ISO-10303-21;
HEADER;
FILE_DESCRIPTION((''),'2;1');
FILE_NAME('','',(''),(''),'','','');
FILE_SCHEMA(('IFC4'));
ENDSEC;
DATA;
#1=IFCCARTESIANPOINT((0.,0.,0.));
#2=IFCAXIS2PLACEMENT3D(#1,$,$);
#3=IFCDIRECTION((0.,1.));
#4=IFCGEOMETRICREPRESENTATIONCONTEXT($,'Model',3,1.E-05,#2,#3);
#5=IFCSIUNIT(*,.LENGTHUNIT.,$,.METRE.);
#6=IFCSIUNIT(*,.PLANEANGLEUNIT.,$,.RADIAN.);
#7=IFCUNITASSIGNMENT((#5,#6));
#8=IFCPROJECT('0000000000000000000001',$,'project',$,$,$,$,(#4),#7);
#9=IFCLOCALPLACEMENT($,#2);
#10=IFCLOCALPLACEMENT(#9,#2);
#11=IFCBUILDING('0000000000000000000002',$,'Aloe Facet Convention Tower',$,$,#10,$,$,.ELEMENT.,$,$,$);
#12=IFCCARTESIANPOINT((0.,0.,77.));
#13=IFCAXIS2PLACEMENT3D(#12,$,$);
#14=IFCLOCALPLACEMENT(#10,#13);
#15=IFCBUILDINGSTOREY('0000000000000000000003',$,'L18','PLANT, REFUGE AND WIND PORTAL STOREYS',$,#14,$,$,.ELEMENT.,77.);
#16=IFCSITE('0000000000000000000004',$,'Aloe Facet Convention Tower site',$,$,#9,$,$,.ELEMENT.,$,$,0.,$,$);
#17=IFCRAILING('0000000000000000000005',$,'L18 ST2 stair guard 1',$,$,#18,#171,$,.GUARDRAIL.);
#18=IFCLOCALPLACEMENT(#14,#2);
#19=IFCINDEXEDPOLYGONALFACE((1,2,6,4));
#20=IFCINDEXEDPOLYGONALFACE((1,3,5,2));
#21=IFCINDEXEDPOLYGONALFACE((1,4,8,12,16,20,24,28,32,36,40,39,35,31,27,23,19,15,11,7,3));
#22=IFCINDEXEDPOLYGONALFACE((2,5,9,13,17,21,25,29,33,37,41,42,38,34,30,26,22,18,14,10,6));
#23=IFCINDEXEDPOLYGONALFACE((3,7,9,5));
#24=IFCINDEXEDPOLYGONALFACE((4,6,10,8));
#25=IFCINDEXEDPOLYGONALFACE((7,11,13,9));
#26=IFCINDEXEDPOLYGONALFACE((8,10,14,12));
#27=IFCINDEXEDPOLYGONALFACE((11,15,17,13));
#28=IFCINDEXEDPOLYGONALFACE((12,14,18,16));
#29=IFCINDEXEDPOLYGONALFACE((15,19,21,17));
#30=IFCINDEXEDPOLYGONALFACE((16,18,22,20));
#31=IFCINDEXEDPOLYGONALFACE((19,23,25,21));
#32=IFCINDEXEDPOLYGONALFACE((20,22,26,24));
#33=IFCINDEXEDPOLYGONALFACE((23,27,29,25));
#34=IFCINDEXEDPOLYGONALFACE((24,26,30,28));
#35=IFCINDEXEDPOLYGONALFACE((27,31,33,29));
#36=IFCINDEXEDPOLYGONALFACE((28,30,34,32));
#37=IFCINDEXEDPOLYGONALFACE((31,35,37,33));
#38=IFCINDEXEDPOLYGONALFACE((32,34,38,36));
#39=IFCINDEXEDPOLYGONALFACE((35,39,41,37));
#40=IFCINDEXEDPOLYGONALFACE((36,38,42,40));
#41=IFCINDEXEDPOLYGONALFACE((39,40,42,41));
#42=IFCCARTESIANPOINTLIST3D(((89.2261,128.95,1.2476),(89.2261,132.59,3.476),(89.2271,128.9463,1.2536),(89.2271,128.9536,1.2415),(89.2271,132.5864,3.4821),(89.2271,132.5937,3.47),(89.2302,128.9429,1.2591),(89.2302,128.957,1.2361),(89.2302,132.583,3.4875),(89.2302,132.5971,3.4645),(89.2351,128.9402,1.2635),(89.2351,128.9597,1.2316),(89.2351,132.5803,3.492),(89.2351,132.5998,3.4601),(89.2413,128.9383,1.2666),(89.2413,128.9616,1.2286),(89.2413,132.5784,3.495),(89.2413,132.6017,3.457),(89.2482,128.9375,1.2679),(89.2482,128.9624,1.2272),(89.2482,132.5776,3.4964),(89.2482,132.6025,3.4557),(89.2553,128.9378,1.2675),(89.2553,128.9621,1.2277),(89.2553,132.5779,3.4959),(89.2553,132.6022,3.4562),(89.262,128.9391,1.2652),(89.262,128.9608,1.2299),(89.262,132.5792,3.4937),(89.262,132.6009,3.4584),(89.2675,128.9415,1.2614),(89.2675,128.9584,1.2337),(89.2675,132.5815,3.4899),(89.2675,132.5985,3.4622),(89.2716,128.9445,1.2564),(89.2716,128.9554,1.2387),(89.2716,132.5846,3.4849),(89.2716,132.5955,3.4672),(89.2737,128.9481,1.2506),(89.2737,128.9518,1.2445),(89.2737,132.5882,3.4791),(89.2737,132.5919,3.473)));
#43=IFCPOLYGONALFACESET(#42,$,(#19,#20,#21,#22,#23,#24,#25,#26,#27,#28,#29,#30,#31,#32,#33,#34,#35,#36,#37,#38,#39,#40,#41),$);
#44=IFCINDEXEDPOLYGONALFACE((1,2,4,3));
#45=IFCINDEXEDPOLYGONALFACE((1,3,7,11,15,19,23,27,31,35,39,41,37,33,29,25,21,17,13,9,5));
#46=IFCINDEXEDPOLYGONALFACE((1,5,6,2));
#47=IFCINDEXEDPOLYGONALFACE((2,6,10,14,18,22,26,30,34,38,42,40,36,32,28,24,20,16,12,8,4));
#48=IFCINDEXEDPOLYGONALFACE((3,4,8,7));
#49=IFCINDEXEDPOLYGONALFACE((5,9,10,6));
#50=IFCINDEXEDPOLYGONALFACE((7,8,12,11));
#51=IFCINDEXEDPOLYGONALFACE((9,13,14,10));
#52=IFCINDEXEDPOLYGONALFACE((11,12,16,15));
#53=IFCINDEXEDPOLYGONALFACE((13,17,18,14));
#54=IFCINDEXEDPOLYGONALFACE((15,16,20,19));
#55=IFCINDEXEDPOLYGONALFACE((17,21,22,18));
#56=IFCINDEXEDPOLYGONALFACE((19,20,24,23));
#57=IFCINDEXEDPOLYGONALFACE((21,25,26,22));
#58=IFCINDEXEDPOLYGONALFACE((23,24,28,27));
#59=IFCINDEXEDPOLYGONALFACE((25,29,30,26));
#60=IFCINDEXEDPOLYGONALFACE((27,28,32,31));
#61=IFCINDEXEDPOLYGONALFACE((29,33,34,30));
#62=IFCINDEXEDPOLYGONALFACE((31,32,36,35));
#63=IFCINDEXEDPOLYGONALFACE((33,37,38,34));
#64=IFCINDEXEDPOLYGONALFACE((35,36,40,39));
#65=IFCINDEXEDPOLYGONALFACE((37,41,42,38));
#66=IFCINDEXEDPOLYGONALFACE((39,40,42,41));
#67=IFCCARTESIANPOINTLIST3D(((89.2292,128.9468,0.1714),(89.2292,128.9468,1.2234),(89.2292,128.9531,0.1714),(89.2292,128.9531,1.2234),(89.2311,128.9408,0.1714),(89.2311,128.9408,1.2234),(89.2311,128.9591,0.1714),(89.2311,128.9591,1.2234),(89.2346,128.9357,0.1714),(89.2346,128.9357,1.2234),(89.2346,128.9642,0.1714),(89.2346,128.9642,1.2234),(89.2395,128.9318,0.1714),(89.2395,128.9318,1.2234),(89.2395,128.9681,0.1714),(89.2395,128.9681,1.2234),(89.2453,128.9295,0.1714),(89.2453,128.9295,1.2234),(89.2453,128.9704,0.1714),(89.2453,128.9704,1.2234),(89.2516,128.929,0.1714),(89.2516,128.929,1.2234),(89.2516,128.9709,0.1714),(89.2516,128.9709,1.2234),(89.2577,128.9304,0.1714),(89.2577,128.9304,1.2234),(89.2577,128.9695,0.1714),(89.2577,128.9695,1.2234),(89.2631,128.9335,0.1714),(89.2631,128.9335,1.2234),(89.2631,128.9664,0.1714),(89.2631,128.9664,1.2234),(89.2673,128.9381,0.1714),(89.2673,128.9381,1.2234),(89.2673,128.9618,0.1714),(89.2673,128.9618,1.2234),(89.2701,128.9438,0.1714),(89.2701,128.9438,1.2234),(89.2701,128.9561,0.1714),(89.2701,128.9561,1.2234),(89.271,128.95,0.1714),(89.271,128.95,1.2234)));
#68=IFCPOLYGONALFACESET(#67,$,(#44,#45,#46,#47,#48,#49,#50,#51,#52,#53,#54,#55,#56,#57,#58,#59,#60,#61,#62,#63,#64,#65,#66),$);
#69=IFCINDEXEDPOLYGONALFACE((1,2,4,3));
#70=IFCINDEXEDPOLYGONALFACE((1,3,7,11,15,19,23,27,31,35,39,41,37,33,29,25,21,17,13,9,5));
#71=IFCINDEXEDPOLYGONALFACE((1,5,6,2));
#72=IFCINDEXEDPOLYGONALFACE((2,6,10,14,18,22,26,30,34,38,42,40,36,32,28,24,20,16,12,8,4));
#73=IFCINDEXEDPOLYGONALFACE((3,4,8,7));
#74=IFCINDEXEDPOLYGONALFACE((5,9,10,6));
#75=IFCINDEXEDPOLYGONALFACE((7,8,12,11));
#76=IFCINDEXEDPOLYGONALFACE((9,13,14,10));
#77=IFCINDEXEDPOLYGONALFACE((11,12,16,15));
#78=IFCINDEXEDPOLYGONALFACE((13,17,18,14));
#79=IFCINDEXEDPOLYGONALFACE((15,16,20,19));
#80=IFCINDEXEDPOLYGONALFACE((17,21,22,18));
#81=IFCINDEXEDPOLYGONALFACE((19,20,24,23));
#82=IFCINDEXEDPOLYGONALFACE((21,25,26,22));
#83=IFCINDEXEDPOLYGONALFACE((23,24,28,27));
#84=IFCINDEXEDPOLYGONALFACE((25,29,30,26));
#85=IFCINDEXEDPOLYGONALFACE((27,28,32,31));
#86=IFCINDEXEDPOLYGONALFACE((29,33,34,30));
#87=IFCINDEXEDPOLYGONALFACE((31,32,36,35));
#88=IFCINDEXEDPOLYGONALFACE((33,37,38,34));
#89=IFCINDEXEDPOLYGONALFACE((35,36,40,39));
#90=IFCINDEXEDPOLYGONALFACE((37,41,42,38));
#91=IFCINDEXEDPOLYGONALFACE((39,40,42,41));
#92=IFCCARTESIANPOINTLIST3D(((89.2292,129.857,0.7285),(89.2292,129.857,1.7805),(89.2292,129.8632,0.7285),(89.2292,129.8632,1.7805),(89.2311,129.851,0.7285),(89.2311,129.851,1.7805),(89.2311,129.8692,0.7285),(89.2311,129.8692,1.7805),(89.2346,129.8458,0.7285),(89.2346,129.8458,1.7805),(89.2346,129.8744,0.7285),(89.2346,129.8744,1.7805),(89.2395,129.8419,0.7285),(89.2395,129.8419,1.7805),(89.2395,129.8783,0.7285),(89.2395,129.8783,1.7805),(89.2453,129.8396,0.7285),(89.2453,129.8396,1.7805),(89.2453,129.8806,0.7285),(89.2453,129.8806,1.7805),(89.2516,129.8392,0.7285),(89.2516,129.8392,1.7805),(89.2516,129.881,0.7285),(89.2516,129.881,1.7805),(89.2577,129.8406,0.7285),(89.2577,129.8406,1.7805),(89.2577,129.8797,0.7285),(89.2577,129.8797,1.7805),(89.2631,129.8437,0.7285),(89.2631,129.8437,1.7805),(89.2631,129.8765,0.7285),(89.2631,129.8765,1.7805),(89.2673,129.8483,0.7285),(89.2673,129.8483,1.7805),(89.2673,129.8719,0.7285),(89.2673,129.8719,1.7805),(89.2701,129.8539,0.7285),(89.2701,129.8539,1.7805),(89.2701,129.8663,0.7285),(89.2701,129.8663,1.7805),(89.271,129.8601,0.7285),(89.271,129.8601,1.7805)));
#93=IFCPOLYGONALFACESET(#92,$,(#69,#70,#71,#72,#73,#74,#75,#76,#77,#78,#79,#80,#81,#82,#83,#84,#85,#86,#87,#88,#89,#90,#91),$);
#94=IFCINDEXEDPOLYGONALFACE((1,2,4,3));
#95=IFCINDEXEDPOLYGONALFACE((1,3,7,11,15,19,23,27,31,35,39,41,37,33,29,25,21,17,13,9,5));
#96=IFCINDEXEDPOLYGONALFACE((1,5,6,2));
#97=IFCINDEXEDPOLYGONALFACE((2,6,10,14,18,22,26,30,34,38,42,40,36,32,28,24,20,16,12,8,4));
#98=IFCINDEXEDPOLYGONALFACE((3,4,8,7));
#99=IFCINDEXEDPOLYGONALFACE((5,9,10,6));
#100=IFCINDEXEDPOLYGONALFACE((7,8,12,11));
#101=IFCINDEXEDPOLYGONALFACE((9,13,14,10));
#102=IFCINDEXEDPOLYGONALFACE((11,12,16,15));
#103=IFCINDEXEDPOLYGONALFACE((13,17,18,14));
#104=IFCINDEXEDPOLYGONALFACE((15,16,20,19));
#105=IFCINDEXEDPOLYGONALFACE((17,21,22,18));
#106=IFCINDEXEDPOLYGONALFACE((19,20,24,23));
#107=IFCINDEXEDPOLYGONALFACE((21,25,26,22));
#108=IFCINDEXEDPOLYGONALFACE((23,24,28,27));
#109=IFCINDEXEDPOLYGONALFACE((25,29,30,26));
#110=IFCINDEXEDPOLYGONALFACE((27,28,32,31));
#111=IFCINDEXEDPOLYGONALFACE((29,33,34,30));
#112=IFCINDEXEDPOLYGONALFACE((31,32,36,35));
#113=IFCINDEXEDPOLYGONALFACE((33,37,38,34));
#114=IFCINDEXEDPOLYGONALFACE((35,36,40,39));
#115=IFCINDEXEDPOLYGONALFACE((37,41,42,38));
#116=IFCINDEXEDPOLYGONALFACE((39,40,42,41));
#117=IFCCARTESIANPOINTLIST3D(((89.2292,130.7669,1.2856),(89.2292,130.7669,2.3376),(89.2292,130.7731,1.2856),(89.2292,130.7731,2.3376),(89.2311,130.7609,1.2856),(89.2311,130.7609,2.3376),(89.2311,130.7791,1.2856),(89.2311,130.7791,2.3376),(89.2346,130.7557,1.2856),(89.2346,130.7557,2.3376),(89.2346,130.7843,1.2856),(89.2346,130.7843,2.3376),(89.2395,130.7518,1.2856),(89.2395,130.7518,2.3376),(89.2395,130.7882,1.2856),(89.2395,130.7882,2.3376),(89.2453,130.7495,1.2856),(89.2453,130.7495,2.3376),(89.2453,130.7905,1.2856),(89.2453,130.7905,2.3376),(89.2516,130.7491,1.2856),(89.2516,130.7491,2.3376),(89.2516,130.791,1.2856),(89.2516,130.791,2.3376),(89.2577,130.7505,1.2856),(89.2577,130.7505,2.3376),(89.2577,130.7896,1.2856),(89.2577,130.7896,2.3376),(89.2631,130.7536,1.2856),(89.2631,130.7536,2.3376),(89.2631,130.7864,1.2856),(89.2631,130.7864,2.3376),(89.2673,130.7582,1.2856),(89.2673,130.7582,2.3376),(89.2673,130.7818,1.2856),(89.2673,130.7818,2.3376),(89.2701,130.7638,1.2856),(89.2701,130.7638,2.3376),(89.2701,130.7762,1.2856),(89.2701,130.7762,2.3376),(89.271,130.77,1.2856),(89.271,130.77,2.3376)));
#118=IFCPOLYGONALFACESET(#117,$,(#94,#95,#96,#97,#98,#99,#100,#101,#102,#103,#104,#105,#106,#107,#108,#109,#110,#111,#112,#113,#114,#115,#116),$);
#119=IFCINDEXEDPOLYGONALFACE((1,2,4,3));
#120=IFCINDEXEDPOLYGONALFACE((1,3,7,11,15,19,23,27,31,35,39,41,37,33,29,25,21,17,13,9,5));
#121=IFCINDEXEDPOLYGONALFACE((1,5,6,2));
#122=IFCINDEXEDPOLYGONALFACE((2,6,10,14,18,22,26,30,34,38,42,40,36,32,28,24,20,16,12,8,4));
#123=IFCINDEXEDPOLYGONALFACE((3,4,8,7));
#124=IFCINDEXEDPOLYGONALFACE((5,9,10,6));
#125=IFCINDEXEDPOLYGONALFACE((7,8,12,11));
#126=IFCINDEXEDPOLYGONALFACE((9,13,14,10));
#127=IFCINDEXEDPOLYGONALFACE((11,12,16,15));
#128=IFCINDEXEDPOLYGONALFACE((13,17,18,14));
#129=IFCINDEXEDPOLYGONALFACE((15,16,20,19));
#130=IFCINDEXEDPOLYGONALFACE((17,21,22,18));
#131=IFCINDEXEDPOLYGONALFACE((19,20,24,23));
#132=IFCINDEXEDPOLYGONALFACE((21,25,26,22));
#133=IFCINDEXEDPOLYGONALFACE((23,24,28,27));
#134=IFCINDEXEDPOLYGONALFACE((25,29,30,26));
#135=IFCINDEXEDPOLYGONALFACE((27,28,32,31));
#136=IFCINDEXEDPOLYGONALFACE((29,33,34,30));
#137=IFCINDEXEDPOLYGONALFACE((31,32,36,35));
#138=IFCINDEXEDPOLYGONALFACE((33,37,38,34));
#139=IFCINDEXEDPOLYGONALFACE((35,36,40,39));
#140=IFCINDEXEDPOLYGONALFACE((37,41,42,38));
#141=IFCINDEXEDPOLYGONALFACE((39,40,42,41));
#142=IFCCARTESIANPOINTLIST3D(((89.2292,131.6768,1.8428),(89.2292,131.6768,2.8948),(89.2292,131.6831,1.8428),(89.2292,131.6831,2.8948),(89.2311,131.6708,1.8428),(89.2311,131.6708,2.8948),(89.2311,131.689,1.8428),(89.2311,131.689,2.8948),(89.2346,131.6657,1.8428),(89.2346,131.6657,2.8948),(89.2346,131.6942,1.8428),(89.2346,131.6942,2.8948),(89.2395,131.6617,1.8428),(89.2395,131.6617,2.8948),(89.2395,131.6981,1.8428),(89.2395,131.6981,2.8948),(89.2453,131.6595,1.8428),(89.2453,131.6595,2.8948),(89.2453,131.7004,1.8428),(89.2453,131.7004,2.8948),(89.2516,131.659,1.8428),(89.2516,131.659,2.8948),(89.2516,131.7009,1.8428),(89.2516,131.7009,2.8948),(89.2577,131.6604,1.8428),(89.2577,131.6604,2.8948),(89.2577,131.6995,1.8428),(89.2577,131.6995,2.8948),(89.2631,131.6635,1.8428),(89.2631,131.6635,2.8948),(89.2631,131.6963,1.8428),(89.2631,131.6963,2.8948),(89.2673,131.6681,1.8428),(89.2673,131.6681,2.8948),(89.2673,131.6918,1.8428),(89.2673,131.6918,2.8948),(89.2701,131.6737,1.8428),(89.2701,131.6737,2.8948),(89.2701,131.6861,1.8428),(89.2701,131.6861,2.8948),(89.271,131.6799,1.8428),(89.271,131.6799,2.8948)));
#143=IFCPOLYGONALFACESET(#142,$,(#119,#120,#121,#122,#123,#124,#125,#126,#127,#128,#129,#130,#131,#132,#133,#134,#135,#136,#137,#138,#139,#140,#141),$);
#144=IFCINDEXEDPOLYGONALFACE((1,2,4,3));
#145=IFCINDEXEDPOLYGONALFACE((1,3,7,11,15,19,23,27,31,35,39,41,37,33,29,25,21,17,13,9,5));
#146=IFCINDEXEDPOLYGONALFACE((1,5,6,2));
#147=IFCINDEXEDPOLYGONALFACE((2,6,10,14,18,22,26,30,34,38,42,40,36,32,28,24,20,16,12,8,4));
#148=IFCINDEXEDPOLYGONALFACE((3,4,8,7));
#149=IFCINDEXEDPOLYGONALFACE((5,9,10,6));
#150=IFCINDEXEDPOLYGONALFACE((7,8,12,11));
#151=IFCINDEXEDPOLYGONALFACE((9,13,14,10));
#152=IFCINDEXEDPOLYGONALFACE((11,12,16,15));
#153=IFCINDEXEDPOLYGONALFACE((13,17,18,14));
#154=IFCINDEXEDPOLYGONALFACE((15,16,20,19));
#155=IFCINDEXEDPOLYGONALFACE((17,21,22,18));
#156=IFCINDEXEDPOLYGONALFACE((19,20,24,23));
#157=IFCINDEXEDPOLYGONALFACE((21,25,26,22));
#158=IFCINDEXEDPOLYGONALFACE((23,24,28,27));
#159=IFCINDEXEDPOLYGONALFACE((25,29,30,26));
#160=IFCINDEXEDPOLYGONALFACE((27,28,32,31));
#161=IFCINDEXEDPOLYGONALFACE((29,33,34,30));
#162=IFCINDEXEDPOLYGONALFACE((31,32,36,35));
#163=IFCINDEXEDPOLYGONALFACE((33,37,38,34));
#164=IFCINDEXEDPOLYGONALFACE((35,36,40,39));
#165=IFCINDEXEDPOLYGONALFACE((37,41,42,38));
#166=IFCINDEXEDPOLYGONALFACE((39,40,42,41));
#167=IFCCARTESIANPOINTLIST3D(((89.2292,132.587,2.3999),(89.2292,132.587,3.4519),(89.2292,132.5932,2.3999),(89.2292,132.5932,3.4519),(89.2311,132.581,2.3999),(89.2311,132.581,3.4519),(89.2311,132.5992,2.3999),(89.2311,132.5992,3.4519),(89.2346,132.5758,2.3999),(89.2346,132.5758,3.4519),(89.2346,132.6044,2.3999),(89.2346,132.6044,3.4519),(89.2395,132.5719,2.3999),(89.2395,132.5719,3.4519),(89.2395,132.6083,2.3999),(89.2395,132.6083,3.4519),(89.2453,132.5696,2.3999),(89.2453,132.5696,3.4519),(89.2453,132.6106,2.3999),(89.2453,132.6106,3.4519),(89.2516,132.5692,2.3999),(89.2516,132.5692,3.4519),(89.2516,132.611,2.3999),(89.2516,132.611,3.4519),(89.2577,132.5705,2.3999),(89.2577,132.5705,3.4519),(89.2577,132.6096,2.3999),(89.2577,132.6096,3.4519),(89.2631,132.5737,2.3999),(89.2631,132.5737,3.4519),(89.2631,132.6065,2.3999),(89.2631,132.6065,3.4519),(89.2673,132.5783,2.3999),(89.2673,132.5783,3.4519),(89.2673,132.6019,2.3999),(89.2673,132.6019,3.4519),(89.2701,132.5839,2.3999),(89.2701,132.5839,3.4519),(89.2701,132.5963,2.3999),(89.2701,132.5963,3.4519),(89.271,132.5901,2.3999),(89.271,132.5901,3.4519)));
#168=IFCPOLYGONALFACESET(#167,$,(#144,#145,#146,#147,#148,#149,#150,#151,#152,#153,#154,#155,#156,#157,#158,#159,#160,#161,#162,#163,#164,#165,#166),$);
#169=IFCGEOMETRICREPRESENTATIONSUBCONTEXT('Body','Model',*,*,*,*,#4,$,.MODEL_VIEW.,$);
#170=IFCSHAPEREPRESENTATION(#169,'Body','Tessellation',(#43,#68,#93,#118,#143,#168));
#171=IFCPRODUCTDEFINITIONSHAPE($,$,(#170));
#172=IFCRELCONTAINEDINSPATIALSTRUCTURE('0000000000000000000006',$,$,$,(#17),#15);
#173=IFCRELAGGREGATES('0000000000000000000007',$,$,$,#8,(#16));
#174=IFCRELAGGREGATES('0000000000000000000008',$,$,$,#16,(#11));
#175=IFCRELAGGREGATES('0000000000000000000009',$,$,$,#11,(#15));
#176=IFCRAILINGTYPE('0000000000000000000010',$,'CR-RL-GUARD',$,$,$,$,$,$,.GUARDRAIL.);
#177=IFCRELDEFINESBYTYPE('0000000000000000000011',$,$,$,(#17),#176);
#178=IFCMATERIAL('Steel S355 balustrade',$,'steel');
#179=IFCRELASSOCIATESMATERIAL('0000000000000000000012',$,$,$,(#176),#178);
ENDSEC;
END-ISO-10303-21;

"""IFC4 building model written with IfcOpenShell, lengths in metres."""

from ifc_helpers import new_model, si_unit, direction, frame, origin, origin_2d, place, context, subcontext, project, spatial, circle, extrude, material, type_object, element, save


model = new_model("IFC4")

# Units and contexts
model_context = context("Model", 3, precision=1e-05, world=origin(), true_north=direction((0.0, 1.0)))
body_context = subcontext(model_context, "Body", "Model", "MODEL_VIEW")
ifc_project = project(units=[si_unit("LENGTHUNIT", "METRE"), si_unit("PLANEANGLEUNIT", "RADIAN")], contexts=[model_context])

# Site, building, storey
site_placement = place(None, origin())
site = spatial("IfcSite", under=ifc_project, at=site_placement, Name="Aloe Facet Convention Tower site", CompositionType="ELEMENT", RefElevation=0.0)
building_placement = place(site_placement, origin())
building = spatial("IfcBuilding", under=site, at=building_placement, Name="Aloe Facet Convention Tower", CompositionType="ELEMENT")
storey_placement = place(building_placement, frame((0.0, 0.0, 77.0)))
storey = spatial("IfcBuildingStorey", under=building, at=storey_placement, Name="L18", Description="PLANT, REFUGE AND WIND PORTAL STOREYS", CompositionType="ELEMENT", Elevation=77.0)

# Railing
ifc_material_1 = material(Name="Steel S355 balustrade", Category="steel")
railing_type_1 = type_object("IfcRailingType", Name="CR-RL-GUARD", PredefinedType="GUARDRAIL", material=ifc_material_1)
railing_1_placement = place(storey_placement, frame((89.25, 128.95, 0.1714)))
element("IfcRailing", 1, at=railing_1_placement, inside=storey, type_object=railing_type_1, Name="L18 ST2 stair guard 1", PredefinedType="GUARDRAIL", context=body_context, shape_type="SweptSolid", body=[
    extrude(circle(Radius=0.0239, at=origin_2d()), frame((0.0, 0.0, 1.0762), z_axis=(0.0, 0.852866, 0.52213), x_axis=(-1.0, 0.0, 0.0)), (0.0, 0.0, 1.0), 4.2681),
    extrude(circle(Radius=0.021, at=origin_2d()), origin(), (0.0, 0.0, 1.0), 1.052),
    extrude(circle(Radius=0.021, at=origin_2d()), frame((0.0, 0.9102, 0.5571)), (0.0, 0.0, 1.0), 1.052),
    extrude(circle(Radius=0.021, at=origin_2d()), frame((0.0, 1.8201, 1.1143)), (0.0, 0.0, 1.0), 1.052),
    extrude(circle(Radius=0.021, at=origin_2d()), frame((0.0, 2.73, 1.6714)), (0.0, 0.0, 1.0), 1.052),
    extrude(circle(Radius=0.021, at=origin_2d()), frame((0.0, 3.6401, 2.2285)), (0.0, 0.0, 1.0), 1.052),
])

save(model, "model.ifc")
